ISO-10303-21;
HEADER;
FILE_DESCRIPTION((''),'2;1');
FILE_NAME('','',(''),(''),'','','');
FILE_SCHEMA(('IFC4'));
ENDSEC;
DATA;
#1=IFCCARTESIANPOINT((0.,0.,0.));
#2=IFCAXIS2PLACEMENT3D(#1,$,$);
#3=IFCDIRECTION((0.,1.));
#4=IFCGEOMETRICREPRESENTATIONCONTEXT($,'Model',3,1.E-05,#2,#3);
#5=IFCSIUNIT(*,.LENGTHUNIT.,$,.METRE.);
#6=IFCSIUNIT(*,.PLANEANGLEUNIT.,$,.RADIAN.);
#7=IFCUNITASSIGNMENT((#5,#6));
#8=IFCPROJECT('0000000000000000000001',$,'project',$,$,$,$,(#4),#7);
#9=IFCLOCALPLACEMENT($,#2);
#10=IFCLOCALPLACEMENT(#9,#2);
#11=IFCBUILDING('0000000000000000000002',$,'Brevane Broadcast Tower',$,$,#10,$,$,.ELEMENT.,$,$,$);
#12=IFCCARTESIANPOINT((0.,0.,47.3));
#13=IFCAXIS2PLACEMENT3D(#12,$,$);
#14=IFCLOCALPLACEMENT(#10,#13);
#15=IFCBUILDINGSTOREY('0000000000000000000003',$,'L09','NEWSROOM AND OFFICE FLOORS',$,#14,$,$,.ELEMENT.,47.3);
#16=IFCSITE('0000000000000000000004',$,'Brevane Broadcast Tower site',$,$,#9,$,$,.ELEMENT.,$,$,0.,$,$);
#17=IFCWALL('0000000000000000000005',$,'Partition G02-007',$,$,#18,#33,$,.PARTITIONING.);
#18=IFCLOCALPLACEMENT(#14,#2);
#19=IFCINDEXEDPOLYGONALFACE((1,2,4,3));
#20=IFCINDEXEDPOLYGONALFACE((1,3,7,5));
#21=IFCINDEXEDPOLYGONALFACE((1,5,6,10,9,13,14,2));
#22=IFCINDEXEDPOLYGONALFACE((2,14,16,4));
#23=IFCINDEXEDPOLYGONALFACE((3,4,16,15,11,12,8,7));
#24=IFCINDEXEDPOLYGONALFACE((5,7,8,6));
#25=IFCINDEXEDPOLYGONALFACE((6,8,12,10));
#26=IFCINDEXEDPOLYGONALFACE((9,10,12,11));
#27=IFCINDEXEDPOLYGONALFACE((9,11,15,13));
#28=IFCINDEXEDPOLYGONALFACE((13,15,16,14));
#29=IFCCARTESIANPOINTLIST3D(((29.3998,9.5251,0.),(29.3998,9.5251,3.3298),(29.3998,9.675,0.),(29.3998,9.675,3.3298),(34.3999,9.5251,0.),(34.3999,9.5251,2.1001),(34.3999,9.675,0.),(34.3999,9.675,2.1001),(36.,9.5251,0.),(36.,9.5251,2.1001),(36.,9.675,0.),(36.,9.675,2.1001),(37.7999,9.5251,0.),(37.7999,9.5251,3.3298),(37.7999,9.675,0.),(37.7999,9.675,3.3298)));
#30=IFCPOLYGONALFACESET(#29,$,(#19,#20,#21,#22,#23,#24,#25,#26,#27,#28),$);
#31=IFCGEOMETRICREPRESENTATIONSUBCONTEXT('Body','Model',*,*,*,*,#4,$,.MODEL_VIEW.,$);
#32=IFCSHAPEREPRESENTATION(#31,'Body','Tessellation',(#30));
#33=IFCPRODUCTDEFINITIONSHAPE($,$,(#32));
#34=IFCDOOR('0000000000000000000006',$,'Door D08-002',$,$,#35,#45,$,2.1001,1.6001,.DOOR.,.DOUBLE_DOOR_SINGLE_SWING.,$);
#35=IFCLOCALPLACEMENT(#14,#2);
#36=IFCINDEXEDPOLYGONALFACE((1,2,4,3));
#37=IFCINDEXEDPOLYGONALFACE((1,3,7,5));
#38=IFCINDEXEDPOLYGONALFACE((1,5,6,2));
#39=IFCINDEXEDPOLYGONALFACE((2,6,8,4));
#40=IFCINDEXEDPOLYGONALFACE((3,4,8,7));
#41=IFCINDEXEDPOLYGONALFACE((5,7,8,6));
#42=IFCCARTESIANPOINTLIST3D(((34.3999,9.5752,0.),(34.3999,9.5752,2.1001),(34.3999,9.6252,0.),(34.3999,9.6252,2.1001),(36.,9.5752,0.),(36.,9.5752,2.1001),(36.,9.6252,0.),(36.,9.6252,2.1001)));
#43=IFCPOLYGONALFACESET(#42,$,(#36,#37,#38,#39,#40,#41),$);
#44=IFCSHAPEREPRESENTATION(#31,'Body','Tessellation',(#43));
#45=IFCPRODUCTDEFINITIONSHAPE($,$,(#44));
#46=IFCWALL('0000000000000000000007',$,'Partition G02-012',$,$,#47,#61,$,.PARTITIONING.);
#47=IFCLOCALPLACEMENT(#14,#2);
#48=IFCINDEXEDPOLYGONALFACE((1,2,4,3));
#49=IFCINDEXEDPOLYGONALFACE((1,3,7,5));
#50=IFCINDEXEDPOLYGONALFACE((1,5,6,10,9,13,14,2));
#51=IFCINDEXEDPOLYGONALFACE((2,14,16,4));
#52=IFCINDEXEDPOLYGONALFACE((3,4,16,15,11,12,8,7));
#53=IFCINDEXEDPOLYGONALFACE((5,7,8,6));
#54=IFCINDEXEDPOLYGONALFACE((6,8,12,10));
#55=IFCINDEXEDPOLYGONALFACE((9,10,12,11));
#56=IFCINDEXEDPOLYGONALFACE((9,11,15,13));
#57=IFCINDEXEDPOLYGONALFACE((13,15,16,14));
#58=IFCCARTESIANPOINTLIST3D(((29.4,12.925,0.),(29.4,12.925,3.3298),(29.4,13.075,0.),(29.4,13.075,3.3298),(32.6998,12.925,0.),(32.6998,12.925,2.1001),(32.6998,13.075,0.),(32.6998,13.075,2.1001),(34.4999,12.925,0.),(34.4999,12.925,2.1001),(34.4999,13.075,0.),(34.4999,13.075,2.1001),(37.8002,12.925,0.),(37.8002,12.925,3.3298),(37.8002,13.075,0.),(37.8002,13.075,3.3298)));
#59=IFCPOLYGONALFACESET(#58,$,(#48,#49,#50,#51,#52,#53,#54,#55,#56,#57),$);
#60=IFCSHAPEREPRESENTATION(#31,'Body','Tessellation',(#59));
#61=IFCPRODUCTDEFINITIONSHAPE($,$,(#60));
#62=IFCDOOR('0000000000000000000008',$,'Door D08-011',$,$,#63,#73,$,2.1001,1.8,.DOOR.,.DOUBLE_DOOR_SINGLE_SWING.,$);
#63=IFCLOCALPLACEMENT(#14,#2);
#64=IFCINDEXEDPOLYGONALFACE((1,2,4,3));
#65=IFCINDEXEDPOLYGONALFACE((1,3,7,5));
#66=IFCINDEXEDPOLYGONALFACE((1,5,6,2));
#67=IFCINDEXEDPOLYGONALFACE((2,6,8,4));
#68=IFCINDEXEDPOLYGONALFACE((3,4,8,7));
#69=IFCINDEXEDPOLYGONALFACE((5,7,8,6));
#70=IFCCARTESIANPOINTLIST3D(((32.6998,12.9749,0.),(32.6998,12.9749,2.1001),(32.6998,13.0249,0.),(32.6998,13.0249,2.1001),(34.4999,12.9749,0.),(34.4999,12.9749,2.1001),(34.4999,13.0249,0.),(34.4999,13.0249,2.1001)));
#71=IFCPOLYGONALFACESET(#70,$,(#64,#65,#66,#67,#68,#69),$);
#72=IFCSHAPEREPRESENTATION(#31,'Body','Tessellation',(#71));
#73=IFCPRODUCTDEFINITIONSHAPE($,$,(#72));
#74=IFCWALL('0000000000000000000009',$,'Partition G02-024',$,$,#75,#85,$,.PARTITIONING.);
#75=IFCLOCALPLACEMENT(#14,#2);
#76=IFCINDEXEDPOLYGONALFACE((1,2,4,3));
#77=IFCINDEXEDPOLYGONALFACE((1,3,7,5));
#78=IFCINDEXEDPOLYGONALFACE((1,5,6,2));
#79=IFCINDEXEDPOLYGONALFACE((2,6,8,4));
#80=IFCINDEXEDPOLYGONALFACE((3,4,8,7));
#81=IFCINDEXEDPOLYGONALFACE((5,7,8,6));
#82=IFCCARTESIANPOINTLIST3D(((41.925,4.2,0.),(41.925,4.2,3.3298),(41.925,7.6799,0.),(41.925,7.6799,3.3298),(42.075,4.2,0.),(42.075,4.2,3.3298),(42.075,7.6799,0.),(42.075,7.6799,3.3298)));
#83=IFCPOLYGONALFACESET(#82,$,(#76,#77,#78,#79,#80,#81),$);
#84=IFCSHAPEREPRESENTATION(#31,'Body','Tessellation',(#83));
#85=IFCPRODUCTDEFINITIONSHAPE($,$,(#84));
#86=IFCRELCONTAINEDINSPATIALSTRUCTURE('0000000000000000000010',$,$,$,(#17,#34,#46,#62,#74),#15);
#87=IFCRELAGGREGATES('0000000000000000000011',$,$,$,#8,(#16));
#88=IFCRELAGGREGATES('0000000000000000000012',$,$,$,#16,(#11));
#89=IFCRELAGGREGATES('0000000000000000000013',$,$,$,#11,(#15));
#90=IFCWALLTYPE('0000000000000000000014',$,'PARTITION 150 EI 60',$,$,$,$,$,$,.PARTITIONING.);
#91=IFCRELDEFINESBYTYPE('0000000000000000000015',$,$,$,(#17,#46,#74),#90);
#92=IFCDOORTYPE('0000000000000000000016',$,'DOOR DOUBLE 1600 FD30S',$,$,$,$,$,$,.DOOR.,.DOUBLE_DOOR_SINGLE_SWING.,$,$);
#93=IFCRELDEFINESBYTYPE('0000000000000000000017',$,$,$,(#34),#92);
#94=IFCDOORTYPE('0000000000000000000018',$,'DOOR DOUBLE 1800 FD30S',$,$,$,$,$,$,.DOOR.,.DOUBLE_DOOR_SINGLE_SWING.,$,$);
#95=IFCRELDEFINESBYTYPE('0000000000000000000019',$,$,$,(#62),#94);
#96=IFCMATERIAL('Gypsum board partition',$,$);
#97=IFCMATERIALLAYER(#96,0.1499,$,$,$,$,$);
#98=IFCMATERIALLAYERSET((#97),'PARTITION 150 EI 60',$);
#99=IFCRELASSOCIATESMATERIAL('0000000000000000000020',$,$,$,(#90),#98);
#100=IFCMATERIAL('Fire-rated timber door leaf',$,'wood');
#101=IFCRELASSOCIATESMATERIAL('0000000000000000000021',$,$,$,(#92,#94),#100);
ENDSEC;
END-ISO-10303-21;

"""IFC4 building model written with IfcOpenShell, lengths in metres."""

from ifc_helpers import new_model, si_unit, direction, frame, frame_2d, origin, place, context, subcontext, project, spatial, rectangle, extrude, material, layer, layer_set, type_object, element, fill, save


model = new_model("IFC4")

# Units and contexts
model_context = context("Model", 3, precision=1e-05, world=origin(), true_north=direction((0.0, 1.0)))
body_context = subcontext(model_context, "Body", "Model", "MODEL_VIEW")
ifc_project = project(units=[si_unit("LENGTHUNIT", "METRE"), si_unit("PLANEANGLEUNIT", "RADIAN")], contexts=[model_context])

# Site, building, storey
site_placement = place(None, origin())
site = spatial("IfcSite", under=ifc_project, at=site_placement, Name="Brevane Broadcast Tower site", CompositionType="ELEMENT", RefElevation=0.0)
building_placement = place(site_placement, origin())
building = spatial("IfcBuilding", under=site, at=building_placement, Name="Brevane Broadcast Tower", CompositionType="ELEMENT")
storey_placement = place(building_placement, frame((0.0, 0.0, 47.3)))
storey = spatial("IfcBuildingStorey", under=building, at=storey_placement, Name="L09", Description="NEWSROOM AND OFFICE FLOORS", CompositionType="ELEMENT", Elevation=47.3)

# Shared definitions
ifc_material_1 = material(Name="Gypsum board partition")

# Shared definitions
ifc_layer_1 = layer(ifc_material_1, 0.1499)
ifc_layer_set_1 = layer_set([ifc_layer_1], Name="PARTITION 150 EI 60")
wall_type_1 = type_object("IfcWallType", Name="PARTITION 150 EI 60", PredefinedType="PARTITIONING", material=ifc_layer_set_1)

# Walls, openings, doors
wall_1_placement = place(storey_placement, frame((37.8, 9.6001, 0.0), z_axis=(0.0, 0.0, 1.0), x_axis=(-1.0, 0.0, 0.0)))
wall_1 = element("IfcWall", 1, at=wall_1_placement, inside=storey, type_object=wall_type_1, Name="Partition G02-007", PredefinedType="PARTITIONING", context=body_context, shape_type="SweptSolid", body=[
    extrude(rectangle(XDim=8.4001, YDim=0.1499, at=frame_2d((4.2002, 0.0))), origin(), (0.0, 0.0, 1.0), 3.3298),
])
opening_1_placement = place(wall_1_placement, frame((1.8, 0.0, 0.0)))
opening_1 = element("IfcOpeningElement", 2, at=opening_1_placement, cuts=wall_1, PredefinedType="OPENING", context=body_context, shape_type="SweptSolid", body=[
    extrude(rectangle(XDim=1.6001, YDim=2.1001, at=frame_2d((0.8, 1.05))), frame((0.0, 0.085, 0.0), z_axis=(0.0, -1.0, 0.0), x_axis=(1.0, 0.0, 0.0)), (0.0, 0.0, 1.0), 0.1699),
])
ifc_material_2 = material(Name="Fire-rated timber door leaf", Category="wood")
door_type_1 = type_object("IfcDoorType", Name="DOOR DOUBLE 1600 FD30S", OperationType="DOUBLE_DOOR_SINGLE_SWING", PredefinedType="DOOR", material=ifc_material_2)
door_1_placement = place(opening_1_placement, origin())
door_1 = element("IfcDoor", 3, at=door_1_placement, inside=storey, type_object=door_type_1, Name="Door D08-002", OperationType="DOUBLE_DOOR_SINGLE_SWING", OverallHeight=2.1001, OverallWidth=1.6001, PredefinedType="DOOR", context=body_context, shape_type="SweptSolid", body=[
    extrude(rectangle(XDim=1.6001, YDim=2.1001, at=frame_2d((0.8, 1.05))), frame((0.0, 0.0249, 0.0), z_axis=(0.0, -1.0, 0.0), x_axis=(1.0, 0.0, 0.0)), (0.0, 0.0, 1.0), 0.05),
])
fill(opening_1, door_1)
wall_2_placement = place(storey_placement, frame((29.3999, 13.0, 0.0), z_axis=(0.0, 0.0, 1.0), x_axis=(1.0, 0.0, 0.0)))
wall_2 = element("IfcWall", 4, at=wall_2_placement, inside=storey, type_object=wall_type_1, Name="Partition G02-012", PredefinedType="PARTITIONING", context=body_context, shape_type="SweptSolid", body=[
    extrude(rectangle(XDim=8.4001, YDim=0.1499, at=frame_2d((4.2002, 0.0))), origin(), (0.0, 0.0, 1.0), 3.3298),
])
opening_2_placement = place(wall_2_placement, frame((3.3, 0.0, 0.0)))
opening_2 = element("IfcOpeningElement", 5, at=opening_2_placement, cuts=wall_2, PredefinedType="OPENING", context=body_context, shape_type="SweptSolid", body=[
    extrude(rectangle(XDim=1.8, YDim=2.1001, at=frame_2d((0.8999, 1.05))), frame((0.0, 0.085, 0.0), z_axis=(0.0, -1.0, 0.0), x_axis=(1.0, 0.0, 0.0)), (0.0, 0.0, 1.0), 0.1699),
])
door_type_2 = type_object("IfcDoorType", Name="DOOR DOUBLE 1800 FD30S", OperationType="DOUBLE_DOOR_SINGLE_SWING", PredefinedType="DOOR", material=ifc_material_2)
door_2_placement = place(opening_2_placement, origin())
door_2 = element("IfcDoor", 6, at=door_2_placement, inside=storey, type_object=door_type_2, Name="Door D08-011", OperationType="DOUBLE_DOOR_SINGLE_SWING", OverallHeight=2.1001, OverallWidth=1.8, PredefinedType="DOOR", context=body_context, shape_type="SweptSolid", body=[
    extrude(rectangle(XDim=1.8, YDim=2.1001, at=frame_2d((0.8999, 1.05))), frame((0.0, 0.0249, 0.0), z_axis=(0.0, -1.0, 0.0), x_axis=(1.0, 0.0, 0.0)), (0.0, 0.0, 1.0), 0.05),
])
fill(opening_2, door_2)

# Wall
wall_3_placement = place(storey_placement, frame((42.0, 7.6799, 0.0), z_axis=(0.0, 0.0, 1.0), x_axis=(0.0, -1.0, 0.0)))
element("IfcWall", 7, at=wall_3_placement, inside=storey, type_object=wall_type_1, Name="Partition G02-024", PredefinedType="PARTITIONING", context=body_context, shape_type="SweptSolid", body=[
    extrude(rectangle(XDim=3.48, YDim=0.1499, at=frame_2d((1.74, 0.0))), origin(), (0.0, 0.0, 1.0), 3.3298),
])

save(model, "model.ifc")
